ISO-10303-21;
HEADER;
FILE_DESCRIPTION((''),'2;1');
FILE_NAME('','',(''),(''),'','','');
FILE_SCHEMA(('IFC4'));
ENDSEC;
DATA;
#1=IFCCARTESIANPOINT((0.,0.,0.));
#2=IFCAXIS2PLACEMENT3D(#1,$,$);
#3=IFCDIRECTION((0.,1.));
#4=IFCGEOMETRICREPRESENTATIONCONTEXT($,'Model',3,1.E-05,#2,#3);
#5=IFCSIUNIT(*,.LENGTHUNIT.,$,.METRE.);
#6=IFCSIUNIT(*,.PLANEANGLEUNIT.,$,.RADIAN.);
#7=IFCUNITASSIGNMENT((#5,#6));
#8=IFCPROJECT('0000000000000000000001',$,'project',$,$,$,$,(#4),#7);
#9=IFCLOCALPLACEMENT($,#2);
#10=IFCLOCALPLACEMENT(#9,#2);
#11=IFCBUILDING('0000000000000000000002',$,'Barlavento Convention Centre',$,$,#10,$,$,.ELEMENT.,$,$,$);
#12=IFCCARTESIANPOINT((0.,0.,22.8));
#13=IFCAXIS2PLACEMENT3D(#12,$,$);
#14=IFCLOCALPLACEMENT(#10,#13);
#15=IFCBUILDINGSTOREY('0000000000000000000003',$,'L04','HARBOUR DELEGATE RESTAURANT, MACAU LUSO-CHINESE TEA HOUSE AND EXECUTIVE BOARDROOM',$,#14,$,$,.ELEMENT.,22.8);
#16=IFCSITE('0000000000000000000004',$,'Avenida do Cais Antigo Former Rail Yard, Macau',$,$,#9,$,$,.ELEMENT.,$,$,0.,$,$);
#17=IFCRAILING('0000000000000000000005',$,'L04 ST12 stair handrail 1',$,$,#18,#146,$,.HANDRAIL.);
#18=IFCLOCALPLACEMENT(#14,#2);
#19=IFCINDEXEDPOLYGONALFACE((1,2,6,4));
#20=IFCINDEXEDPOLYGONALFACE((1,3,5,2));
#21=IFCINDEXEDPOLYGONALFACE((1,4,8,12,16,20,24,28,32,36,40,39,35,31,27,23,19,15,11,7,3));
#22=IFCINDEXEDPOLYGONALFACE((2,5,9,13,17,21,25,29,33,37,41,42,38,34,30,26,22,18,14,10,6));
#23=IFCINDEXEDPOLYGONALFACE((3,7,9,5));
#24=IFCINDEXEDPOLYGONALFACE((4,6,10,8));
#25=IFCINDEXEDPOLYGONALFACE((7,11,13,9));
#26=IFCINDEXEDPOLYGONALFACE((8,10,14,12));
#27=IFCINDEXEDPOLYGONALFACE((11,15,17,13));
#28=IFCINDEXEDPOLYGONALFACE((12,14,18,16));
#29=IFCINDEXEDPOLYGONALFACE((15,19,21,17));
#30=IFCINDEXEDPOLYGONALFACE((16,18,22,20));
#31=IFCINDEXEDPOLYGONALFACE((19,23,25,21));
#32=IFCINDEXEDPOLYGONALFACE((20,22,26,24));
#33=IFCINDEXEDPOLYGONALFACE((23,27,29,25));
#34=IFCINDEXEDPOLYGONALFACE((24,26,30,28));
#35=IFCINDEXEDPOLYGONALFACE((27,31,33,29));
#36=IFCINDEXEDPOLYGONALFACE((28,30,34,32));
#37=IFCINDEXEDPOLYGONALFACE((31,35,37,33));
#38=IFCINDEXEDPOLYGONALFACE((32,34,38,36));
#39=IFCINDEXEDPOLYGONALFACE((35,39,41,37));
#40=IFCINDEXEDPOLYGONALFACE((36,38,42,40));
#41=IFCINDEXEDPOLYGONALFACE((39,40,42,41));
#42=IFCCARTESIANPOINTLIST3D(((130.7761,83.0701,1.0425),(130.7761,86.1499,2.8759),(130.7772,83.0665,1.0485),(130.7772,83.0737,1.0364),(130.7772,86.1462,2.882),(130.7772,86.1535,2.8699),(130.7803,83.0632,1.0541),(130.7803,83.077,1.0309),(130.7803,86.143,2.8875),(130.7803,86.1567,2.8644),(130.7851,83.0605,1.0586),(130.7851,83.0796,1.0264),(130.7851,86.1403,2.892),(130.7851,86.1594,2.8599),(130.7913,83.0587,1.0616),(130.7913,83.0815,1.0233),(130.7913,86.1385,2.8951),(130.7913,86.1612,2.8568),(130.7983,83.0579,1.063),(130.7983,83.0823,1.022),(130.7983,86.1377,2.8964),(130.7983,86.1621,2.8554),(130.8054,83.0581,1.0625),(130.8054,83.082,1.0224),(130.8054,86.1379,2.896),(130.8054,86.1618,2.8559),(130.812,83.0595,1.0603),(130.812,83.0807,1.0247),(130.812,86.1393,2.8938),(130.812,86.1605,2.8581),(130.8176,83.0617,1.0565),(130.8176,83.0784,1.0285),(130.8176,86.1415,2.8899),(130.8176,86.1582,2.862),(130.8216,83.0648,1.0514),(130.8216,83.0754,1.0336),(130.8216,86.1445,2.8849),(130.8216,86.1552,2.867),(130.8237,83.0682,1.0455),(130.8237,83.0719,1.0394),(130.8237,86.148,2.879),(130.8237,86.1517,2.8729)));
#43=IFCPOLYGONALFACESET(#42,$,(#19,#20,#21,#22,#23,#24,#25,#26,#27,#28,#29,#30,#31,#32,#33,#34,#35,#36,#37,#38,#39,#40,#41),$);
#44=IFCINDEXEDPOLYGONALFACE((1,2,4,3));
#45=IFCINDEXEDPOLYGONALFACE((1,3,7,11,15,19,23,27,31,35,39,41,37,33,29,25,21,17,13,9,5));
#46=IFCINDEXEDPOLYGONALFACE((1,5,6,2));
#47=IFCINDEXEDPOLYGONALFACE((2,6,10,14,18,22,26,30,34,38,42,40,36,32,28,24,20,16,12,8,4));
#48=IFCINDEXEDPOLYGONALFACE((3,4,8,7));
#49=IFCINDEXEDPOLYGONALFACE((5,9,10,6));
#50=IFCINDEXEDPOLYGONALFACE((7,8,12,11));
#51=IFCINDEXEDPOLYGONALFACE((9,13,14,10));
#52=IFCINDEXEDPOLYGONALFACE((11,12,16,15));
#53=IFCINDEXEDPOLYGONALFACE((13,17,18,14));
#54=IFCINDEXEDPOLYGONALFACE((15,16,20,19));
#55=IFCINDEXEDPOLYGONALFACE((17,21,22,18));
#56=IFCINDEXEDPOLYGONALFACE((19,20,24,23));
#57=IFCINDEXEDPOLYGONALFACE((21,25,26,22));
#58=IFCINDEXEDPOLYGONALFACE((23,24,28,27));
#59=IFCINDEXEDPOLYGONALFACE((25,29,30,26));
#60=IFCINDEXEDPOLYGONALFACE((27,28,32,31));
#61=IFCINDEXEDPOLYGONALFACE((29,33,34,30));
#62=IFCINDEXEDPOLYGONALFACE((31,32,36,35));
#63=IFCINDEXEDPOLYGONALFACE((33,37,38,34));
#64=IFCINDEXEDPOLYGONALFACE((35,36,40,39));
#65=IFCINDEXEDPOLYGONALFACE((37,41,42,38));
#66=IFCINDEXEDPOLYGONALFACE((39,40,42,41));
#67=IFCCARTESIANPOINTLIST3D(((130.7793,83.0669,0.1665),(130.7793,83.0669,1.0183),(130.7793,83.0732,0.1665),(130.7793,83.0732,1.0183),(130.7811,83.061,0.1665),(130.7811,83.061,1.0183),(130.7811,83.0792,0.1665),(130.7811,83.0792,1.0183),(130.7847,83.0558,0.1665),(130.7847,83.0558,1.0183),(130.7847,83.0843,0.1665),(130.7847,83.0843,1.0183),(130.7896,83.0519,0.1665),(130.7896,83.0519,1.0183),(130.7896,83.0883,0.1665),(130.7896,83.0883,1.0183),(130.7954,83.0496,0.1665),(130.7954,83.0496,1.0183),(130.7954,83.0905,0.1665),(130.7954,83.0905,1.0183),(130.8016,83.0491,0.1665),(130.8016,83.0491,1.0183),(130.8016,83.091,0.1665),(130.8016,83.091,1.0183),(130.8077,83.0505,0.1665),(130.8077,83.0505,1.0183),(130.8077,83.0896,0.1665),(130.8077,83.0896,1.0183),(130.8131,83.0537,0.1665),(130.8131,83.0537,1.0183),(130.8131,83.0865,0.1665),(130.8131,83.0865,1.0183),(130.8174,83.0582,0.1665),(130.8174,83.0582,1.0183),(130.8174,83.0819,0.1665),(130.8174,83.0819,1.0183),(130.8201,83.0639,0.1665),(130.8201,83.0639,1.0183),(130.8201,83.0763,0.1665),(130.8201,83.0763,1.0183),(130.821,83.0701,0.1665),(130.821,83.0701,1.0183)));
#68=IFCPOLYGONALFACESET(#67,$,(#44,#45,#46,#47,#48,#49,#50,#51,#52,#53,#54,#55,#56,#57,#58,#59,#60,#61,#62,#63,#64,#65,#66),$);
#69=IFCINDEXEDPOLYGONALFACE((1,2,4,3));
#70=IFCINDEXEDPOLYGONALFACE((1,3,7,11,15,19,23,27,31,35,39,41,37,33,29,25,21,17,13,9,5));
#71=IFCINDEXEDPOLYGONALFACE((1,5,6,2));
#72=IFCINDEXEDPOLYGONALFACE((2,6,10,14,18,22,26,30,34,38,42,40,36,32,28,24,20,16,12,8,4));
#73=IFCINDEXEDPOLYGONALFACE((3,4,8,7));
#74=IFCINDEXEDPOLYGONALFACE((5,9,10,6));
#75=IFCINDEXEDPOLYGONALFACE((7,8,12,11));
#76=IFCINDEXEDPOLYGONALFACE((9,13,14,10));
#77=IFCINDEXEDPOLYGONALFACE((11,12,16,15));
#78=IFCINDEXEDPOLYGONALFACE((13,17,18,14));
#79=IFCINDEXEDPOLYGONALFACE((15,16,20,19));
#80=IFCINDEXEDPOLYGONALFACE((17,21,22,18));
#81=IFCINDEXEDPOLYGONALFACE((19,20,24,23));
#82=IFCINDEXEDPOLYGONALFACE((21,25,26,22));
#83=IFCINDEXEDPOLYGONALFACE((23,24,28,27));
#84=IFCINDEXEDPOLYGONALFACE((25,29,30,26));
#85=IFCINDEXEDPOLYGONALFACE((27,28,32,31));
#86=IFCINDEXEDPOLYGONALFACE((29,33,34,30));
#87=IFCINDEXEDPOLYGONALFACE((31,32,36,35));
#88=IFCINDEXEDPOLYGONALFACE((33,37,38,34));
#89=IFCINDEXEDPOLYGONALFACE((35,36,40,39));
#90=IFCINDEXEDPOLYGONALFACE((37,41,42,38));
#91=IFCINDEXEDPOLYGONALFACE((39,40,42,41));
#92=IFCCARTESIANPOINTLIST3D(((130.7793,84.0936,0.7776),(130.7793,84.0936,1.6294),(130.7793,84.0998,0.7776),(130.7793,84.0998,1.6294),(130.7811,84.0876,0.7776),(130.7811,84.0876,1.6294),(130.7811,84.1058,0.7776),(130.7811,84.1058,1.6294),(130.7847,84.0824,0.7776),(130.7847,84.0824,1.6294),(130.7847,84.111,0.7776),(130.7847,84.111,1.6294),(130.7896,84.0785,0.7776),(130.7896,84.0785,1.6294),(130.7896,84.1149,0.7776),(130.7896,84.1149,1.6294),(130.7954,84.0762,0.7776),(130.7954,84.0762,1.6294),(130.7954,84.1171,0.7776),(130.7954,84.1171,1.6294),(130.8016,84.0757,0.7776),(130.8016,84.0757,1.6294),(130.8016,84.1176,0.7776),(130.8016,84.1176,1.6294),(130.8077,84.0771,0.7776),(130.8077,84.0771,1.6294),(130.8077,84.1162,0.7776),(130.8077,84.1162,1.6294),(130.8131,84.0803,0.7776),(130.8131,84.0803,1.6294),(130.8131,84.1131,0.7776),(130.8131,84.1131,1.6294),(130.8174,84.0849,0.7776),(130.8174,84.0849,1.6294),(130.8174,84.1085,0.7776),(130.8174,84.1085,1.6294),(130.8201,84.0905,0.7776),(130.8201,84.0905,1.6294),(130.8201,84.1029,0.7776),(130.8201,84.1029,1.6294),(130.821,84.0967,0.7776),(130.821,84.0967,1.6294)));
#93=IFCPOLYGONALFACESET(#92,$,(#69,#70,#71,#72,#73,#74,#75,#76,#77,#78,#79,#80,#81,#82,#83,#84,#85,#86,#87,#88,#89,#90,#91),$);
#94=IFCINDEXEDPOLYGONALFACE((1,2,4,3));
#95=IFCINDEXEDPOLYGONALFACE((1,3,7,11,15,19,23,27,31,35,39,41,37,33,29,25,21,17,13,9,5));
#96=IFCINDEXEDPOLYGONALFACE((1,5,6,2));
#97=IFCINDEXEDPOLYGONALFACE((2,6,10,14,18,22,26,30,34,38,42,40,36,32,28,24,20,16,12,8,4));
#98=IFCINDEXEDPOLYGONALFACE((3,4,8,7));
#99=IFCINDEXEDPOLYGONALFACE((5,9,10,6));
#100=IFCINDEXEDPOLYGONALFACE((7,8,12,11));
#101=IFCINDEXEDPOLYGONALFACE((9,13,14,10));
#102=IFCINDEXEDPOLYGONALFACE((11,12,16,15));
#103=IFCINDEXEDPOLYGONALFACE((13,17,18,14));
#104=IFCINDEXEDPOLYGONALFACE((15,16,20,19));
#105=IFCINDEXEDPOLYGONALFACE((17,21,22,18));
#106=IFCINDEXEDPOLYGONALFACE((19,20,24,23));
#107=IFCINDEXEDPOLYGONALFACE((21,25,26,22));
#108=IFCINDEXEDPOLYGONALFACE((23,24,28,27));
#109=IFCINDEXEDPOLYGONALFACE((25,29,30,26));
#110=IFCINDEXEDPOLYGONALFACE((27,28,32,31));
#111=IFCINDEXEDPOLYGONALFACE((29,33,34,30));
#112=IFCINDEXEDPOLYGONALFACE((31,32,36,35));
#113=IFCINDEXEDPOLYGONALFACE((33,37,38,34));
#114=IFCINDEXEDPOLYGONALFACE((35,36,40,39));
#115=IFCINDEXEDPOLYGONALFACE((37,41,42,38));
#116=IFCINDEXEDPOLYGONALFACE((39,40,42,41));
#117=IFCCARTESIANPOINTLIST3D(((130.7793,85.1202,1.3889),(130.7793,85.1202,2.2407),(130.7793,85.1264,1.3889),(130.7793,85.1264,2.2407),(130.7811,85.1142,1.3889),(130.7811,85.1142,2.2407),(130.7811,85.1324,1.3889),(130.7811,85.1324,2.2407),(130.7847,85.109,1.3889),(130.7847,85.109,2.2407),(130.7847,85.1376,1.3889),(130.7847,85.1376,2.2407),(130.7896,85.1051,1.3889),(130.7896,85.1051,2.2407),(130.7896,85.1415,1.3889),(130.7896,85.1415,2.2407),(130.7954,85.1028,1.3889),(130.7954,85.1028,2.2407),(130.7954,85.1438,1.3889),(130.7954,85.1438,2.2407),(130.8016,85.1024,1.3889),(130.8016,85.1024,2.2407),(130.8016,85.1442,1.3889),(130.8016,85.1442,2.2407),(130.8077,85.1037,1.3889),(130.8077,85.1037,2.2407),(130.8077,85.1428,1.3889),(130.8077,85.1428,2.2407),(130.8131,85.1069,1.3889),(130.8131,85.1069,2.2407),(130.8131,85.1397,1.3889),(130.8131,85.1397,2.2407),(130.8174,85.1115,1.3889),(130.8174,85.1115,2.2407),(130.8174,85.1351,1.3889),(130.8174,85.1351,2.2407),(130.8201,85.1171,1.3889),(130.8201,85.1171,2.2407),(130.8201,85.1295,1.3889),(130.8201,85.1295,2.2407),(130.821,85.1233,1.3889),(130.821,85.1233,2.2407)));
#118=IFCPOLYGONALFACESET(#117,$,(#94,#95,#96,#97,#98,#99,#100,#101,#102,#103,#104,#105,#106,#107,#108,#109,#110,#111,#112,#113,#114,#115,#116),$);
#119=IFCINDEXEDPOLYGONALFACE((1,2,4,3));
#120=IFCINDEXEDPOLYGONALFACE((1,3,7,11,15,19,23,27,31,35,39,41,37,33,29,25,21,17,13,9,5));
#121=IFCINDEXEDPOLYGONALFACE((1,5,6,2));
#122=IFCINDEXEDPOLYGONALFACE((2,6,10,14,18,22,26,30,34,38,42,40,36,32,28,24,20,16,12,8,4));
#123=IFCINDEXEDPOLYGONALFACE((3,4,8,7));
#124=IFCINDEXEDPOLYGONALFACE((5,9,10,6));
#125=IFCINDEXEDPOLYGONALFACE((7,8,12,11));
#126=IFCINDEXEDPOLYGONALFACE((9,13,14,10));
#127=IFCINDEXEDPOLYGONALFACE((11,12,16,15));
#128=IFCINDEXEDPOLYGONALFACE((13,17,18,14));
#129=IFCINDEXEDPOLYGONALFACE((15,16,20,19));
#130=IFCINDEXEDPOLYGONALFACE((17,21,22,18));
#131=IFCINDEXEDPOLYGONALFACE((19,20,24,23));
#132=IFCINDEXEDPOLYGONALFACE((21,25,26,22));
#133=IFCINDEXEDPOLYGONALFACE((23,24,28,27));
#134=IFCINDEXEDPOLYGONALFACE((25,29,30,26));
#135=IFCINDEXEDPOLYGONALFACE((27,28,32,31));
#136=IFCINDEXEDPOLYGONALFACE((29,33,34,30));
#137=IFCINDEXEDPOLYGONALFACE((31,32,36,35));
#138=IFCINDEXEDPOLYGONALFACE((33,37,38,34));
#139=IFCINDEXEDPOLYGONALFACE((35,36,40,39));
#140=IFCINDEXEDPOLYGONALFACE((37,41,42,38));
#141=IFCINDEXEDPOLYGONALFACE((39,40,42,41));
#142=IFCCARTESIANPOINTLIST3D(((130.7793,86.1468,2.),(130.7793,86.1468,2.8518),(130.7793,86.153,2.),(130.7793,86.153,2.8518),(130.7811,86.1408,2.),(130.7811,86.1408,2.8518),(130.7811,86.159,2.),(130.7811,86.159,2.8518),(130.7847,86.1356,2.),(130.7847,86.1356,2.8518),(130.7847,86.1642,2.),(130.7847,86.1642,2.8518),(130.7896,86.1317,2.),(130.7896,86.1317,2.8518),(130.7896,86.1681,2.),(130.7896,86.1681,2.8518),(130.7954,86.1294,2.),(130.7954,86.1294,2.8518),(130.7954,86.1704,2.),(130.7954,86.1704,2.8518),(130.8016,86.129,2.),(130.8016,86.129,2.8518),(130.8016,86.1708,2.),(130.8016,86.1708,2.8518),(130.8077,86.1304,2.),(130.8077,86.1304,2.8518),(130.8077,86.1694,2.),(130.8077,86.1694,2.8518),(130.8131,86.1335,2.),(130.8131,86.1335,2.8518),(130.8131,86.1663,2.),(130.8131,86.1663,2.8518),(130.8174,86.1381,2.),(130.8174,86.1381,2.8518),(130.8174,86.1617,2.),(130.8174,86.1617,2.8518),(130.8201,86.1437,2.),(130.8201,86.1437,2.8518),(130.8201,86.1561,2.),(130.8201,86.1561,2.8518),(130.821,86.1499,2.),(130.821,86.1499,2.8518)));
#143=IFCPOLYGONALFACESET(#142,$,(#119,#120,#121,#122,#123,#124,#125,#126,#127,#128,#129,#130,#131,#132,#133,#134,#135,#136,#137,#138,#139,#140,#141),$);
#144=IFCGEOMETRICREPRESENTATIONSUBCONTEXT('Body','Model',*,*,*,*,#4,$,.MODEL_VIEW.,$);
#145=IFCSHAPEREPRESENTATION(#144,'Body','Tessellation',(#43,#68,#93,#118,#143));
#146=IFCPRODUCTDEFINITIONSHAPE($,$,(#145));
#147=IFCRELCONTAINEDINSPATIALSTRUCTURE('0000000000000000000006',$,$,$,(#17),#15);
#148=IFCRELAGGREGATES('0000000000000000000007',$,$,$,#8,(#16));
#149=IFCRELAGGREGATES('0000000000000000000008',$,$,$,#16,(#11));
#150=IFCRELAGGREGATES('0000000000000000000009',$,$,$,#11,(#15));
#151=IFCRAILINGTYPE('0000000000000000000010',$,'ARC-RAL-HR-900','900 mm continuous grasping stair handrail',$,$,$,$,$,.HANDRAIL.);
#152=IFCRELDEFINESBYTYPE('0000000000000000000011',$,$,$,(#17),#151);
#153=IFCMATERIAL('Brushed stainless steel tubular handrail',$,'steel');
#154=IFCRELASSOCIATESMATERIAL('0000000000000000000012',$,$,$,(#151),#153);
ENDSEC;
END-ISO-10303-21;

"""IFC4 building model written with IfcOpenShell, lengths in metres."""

from ifc_helpers import new_model, si_unit, direction, frame, origin, origin_2d, place, context, subcontext, project, spatial, circle, extrude, material, type_object, element, save


model = new_model("IFC4")

# Units and contexts
model_context = context("Model", 3, precision=1e-05, world=origin(), true_north=direction((0.0, 1.0)))
body_context = subcontext(model_context, "Body", "Model", "MODEL_VIEW")
ifc_project = project(units=[si_unit("LENGTHUNIT", "METRE"), si_unit("PLANEANGLEUNIT", "RADIAN")], contexts=[model_context])

# Site, building, storey
site_placement = place(None, origin())
site = spatial("IfcSite", under=ifc_project, at=site_placement, Name="Avenida do Cais Antigo Former Rail Yard, Macau", CompositionType="ELEMENT", RefElevation=0.0)
building_placement = place(site_placement, origin())
building = spatial("IfcBuilding", under=site, at=building_placement, Name="Barlavento Convention Centre", CompositionType="ELEMENT")
storey_placement = place(building_placement, frame((0.0, 0.0, 22.8)))
storey = spatial("IfcBuildingStorey", under=building, at=storey_placement, Name="L04", Description="HARBOUR DELEGATE RESTAURANT, MACAU LUSO-CHINESE TEA HOUSE AND EXECUTIVE BOARDROOM", CompositionType="ELEMENT", Elevation=22.8)

# Railing
ifc_material_1 = material(Name="Brushed stainless steel tubular handrail", Category="steel")
railing_type_1 = type_object("IfcRailingType", Name="ARC-RAL-HR-900", Description="900 mm continuous grasping stair handrail", PredefinedType="HANDRAIL", material=ifc_material_1)
railing_1_placement = place(storey_placement, frame((130.8, 83.0701, 0.1665)))
element("IfcRailing", 1, at=railing_1_placement, inside=storey, type_object=railing_type_1, Name="L04 ST12 stair handrail 1", PredefinedType="HANDRAIL", context=body_context, shape_type="SweptSolid", body=[
    extrude(circle(Radius=0.0239, at=origin_2d()), frame((0.0, 0.0, 0.876), z_axis=(0.0, 0.859261, 0.511538), x_axis=(-1.0, 0.0, 0.0)), (0.0, 0.0, 1.0), 3.5842),
    extrude(circle(Radius=0.021, at=origin_2d()), origin(), (0.0, 0.0, 1.0), 0.8518),
    extrude(circle(Radius=0.021, at=origin_2d()), frame((0.0, 1.0266, 0.6111)), (0.0, 0.0, 1.0), 0.8518),
    extrude(circle(Radius=0.021, at=origin_2d()), frame((0.0, 2.0532, 1.2224)), (0.0, 0.0, 1.0), 0.8518),
    extrude(circle(Radius=0.021, at=origin_2d()), frame((0.0, 3.0798, 1.8335)), (0.0, 0.0, 1.0), 0.8518),
])

save(model, "model.ifc")
